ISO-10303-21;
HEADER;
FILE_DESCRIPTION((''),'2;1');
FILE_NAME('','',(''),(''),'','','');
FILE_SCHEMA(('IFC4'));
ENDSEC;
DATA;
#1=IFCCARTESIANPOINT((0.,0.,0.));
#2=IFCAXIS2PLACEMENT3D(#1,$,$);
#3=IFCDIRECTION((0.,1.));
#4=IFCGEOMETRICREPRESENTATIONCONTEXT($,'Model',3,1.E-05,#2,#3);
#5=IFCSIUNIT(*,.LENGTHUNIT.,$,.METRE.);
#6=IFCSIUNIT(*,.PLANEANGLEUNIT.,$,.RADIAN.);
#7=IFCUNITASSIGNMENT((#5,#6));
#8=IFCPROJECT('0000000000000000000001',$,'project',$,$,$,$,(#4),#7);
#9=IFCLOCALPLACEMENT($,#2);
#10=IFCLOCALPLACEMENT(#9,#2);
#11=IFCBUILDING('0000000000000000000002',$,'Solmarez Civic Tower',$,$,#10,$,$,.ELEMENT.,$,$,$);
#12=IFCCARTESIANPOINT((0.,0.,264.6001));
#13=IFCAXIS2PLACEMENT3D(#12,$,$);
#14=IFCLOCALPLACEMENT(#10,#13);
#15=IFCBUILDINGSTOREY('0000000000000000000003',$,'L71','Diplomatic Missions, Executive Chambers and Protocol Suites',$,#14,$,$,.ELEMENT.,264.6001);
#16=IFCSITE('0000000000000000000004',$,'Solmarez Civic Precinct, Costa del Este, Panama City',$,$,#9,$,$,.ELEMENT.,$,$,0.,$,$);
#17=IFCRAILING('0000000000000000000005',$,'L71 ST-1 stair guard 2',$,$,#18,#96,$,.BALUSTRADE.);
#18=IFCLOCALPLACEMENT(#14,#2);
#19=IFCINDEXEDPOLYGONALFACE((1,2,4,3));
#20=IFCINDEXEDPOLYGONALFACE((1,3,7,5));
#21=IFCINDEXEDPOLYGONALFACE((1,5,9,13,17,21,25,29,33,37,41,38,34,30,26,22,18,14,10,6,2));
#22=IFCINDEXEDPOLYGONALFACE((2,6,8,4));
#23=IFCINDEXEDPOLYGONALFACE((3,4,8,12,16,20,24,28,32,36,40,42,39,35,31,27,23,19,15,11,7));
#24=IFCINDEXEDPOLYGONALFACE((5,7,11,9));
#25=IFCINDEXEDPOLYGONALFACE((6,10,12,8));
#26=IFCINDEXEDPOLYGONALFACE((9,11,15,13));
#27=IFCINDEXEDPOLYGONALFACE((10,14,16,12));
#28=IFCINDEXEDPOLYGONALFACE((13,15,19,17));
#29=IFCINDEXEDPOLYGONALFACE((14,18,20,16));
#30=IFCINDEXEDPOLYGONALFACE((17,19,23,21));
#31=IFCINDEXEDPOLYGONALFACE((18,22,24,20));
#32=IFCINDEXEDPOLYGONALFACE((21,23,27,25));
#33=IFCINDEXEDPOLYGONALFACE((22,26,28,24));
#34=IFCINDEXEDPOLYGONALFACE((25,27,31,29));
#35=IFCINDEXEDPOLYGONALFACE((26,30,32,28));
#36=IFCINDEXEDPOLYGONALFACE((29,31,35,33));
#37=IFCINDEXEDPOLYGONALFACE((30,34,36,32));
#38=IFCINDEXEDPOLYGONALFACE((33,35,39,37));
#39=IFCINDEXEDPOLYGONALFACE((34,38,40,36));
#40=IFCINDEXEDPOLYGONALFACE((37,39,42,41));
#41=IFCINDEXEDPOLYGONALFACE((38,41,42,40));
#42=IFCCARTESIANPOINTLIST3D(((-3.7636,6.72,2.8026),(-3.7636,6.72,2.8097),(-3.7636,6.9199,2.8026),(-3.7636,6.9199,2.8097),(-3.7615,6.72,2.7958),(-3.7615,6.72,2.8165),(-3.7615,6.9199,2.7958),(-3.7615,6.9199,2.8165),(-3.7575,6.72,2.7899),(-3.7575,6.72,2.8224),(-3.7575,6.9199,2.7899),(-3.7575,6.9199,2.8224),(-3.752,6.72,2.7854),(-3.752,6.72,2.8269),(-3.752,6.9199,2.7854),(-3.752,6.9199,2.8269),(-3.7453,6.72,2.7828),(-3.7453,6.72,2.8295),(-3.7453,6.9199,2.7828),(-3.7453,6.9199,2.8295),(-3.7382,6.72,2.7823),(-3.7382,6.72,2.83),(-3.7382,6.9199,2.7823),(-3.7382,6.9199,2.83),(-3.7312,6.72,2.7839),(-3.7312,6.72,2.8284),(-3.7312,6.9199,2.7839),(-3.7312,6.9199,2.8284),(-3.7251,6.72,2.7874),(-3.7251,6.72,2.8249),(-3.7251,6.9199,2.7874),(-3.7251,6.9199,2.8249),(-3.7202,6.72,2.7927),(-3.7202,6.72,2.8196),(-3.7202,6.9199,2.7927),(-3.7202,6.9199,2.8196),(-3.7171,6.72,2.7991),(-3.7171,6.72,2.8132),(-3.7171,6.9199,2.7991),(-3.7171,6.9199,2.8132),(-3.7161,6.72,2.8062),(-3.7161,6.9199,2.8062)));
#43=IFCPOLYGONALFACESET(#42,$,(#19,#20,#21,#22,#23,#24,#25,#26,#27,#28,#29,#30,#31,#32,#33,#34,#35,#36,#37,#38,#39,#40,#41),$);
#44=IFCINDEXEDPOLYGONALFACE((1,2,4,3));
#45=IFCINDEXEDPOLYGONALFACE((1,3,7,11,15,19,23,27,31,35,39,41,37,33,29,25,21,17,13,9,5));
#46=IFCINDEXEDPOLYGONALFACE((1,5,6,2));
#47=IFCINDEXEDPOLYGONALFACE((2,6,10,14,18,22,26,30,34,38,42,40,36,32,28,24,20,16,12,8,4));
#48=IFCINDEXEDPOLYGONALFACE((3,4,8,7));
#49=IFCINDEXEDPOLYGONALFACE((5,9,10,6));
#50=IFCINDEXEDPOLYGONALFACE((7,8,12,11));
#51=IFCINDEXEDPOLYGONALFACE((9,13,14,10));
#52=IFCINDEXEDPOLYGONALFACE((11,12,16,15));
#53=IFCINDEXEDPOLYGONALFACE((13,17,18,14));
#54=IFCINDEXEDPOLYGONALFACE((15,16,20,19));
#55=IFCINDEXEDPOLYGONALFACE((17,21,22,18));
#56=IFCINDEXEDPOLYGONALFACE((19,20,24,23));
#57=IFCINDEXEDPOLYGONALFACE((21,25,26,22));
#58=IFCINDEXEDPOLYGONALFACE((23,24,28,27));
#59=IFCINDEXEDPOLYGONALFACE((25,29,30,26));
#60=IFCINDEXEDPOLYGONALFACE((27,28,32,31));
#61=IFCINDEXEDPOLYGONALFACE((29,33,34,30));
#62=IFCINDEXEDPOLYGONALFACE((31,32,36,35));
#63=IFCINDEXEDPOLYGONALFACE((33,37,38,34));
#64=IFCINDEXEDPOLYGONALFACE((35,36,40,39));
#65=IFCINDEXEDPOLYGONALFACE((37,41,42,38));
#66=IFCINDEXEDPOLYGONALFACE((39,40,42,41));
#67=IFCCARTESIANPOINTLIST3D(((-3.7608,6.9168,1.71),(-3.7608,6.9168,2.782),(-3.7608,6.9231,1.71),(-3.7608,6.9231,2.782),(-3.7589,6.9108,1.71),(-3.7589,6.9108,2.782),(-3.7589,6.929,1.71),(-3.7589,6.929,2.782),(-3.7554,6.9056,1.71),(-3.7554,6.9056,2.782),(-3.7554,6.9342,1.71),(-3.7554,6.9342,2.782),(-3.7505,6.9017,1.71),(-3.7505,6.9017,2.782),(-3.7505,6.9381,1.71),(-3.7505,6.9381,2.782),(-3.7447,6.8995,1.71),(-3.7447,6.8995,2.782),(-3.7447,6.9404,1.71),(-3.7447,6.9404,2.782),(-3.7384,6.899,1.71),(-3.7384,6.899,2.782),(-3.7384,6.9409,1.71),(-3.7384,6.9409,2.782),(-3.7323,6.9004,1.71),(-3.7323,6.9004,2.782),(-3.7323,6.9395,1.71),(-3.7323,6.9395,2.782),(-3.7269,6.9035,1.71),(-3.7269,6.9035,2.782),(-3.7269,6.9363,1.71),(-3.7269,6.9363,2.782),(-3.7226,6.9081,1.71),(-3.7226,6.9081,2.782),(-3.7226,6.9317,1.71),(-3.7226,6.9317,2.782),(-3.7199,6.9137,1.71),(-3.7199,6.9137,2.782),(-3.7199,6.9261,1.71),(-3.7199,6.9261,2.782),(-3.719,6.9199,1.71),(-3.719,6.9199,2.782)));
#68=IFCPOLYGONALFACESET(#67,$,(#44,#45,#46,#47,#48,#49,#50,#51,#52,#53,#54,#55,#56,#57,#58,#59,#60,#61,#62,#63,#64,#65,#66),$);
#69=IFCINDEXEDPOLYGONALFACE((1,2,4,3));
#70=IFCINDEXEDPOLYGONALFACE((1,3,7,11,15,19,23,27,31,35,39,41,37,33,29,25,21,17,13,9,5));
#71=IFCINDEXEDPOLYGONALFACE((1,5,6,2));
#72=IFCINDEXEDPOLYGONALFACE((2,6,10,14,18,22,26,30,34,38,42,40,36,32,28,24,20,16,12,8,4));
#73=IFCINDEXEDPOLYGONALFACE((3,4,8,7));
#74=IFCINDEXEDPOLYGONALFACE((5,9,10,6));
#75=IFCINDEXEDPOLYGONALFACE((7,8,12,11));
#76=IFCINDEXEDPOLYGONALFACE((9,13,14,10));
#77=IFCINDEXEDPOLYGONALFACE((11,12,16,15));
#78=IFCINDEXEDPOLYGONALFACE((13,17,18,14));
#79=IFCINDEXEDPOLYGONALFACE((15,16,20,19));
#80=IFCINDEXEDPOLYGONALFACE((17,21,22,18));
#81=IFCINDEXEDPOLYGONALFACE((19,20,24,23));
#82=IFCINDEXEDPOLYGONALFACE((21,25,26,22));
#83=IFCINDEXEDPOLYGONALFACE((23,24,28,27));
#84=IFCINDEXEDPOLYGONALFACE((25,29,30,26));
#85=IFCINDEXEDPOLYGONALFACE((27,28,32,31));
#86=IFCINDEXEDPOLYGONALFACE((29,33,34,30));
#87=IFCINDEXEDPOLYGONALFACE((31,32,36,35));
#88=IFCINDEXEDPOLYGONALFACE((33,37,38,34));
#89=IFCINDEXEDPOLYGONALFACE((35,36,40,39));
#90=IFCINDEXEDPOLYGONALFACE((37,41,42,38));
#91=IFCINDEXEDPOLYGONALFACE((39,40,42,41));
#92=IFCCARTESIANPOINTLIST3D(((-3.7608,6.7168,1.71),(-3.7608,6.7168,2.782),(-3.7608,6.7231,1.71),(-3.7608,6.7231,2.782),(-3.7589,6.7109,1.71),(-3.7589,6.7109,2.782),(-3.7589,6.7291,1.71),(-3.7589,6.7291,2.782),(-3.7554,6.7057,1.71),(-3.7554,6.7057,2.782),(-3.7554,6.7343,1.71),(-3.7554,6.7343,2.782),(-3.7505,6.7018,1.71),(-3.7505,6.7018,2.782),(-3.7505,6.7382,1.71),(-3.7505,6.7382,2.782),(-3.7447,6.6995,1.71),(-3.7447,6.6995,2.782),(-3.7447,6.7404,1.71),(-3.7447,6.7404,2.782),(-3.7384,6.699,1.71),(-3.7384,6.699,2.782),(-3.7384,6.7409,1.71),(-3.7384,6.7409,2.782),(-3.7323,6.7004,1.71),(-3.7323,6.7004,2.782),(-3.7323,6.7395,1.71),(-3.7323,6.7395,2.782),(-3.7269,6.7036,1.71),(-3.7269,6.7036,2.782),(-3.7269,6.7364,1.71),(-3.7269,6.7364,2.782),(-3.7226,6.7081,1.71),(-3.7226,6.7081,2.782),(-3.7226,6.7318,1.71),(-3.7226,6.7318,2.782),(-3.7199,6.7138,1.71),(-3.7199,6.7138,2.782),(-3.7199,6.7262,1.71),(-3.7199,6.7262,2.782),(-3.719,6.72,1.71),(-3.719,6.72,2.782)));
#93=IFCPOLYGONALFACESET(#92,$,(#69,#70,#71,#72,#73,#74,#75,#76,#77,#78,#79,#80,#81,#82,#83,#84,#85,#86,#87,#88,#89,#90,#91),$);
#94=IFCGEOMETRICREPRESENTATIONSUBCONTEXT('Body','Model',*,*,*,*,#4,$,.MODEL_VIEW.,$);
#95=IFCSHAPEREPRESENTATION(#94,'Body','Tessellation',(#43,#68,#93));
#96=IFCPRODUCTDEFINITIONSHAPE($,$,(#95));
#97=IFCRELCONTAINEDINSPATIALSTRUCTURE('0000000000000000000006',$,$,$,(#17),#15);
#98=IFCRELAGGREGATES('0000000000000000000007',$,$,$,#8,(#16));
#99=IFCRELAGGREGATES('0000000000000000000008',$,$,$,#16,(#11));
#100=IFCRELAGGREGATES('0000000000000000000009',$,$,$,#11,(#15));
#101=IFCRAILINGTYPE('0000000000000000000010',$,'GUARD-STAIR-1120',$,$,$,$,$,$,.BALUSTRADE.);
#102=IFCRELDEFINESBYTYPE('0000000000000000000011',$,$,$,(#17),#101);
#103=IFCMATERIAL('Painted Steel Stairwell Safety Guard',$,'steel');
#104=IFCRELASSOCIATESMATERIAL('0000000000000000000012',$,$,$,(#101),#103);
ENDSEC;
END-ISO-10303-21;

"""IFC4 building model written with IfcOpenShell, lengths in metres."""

from ifc_helpers import new_model, si_unit, direction, frame, origin, origin_2d, place, context, subcontext, project, spatial, circle, extrude, material, type_object, element, save


model = new_model("IFC4")

# Units and contexts
model_context = context("Model", 3, precision=1e-05, world=origin(), true_north=direction((0.0, 1.0)))
body_context = subcontext(model_context, "Body", "Model", "MODEL_VIEW")
ifc_project = project(units=[si_unit("LENGTHUNIT", "METRE"), si_unit("PLANEANGLEUNIT", "RADIAN")], contexts=[model_context])

# Site, building, storey
site_placement = place(None, origin())
site = spatial("IfcSite", under=ifc_project, at=site_placement, Name="Solmarez Civic Precinct, Costa del Este, Panama City", CompositionType="ELEMENT", RefElevation=0.0)
building_placement = place(site_placement, origin())
building = spatial("IfcBuilding", under=site, at=building_placement, Name="Solmarez Civic Tower", CompositionType="ELEMENT")
storey_placement = place(building_placement, frame((0.0, 0.0, 264.6001)))
storey = spatial("IfcBuildingStorey", under=building, at=storey_placement, Name="L71", Description="Diplomatic Missions, Executive Chambers and Protocol Suites", CompositionType="ELEMENT", Elevation=264.6001)

# Railing
ifc_material_1 = material(Name="Painted Steel Stairwell Safety Guard", Category="steel")
railing_type_1 = type_object("IfcRailingType", Name="GUARD-STAIR-1120", PredefinedType="BALUSTRADE", material=ifc_material_1)
railing_1_placement = place(storey_placement, frame((-3.74, 6.9199, 1.71)))
element("IfcRailing", 1, at=railing_1_placement, inside=storey, type_object=railing_type_1, Name="L71 ST-1 stair guard 2", PredefinedType="BALUSTRADE", context=body_context, shape_type="SweptSolid", body=[
    extrude(circle(Radius=0.0239, at=origin_2d()), frame((0.0, 0.0, 1.0962), z_axis=(0.0, -1.0, 0.0), x_axis=(1.0, 0.0, 0.0)), (0.0, 0.0, 1.0), 0.2),
    extrude(circle(Radius=0.021, at=origin_2d()), origin(), (0.0, 0.0, 1.0), 1.072),
    extrude(circle(Radius=0.021, at=origin_2d()), frame((0.0, -0.2, 0.0)), (0.0, 0.0, 1.0), 1.072),
])

save(model, "model.ifc")
